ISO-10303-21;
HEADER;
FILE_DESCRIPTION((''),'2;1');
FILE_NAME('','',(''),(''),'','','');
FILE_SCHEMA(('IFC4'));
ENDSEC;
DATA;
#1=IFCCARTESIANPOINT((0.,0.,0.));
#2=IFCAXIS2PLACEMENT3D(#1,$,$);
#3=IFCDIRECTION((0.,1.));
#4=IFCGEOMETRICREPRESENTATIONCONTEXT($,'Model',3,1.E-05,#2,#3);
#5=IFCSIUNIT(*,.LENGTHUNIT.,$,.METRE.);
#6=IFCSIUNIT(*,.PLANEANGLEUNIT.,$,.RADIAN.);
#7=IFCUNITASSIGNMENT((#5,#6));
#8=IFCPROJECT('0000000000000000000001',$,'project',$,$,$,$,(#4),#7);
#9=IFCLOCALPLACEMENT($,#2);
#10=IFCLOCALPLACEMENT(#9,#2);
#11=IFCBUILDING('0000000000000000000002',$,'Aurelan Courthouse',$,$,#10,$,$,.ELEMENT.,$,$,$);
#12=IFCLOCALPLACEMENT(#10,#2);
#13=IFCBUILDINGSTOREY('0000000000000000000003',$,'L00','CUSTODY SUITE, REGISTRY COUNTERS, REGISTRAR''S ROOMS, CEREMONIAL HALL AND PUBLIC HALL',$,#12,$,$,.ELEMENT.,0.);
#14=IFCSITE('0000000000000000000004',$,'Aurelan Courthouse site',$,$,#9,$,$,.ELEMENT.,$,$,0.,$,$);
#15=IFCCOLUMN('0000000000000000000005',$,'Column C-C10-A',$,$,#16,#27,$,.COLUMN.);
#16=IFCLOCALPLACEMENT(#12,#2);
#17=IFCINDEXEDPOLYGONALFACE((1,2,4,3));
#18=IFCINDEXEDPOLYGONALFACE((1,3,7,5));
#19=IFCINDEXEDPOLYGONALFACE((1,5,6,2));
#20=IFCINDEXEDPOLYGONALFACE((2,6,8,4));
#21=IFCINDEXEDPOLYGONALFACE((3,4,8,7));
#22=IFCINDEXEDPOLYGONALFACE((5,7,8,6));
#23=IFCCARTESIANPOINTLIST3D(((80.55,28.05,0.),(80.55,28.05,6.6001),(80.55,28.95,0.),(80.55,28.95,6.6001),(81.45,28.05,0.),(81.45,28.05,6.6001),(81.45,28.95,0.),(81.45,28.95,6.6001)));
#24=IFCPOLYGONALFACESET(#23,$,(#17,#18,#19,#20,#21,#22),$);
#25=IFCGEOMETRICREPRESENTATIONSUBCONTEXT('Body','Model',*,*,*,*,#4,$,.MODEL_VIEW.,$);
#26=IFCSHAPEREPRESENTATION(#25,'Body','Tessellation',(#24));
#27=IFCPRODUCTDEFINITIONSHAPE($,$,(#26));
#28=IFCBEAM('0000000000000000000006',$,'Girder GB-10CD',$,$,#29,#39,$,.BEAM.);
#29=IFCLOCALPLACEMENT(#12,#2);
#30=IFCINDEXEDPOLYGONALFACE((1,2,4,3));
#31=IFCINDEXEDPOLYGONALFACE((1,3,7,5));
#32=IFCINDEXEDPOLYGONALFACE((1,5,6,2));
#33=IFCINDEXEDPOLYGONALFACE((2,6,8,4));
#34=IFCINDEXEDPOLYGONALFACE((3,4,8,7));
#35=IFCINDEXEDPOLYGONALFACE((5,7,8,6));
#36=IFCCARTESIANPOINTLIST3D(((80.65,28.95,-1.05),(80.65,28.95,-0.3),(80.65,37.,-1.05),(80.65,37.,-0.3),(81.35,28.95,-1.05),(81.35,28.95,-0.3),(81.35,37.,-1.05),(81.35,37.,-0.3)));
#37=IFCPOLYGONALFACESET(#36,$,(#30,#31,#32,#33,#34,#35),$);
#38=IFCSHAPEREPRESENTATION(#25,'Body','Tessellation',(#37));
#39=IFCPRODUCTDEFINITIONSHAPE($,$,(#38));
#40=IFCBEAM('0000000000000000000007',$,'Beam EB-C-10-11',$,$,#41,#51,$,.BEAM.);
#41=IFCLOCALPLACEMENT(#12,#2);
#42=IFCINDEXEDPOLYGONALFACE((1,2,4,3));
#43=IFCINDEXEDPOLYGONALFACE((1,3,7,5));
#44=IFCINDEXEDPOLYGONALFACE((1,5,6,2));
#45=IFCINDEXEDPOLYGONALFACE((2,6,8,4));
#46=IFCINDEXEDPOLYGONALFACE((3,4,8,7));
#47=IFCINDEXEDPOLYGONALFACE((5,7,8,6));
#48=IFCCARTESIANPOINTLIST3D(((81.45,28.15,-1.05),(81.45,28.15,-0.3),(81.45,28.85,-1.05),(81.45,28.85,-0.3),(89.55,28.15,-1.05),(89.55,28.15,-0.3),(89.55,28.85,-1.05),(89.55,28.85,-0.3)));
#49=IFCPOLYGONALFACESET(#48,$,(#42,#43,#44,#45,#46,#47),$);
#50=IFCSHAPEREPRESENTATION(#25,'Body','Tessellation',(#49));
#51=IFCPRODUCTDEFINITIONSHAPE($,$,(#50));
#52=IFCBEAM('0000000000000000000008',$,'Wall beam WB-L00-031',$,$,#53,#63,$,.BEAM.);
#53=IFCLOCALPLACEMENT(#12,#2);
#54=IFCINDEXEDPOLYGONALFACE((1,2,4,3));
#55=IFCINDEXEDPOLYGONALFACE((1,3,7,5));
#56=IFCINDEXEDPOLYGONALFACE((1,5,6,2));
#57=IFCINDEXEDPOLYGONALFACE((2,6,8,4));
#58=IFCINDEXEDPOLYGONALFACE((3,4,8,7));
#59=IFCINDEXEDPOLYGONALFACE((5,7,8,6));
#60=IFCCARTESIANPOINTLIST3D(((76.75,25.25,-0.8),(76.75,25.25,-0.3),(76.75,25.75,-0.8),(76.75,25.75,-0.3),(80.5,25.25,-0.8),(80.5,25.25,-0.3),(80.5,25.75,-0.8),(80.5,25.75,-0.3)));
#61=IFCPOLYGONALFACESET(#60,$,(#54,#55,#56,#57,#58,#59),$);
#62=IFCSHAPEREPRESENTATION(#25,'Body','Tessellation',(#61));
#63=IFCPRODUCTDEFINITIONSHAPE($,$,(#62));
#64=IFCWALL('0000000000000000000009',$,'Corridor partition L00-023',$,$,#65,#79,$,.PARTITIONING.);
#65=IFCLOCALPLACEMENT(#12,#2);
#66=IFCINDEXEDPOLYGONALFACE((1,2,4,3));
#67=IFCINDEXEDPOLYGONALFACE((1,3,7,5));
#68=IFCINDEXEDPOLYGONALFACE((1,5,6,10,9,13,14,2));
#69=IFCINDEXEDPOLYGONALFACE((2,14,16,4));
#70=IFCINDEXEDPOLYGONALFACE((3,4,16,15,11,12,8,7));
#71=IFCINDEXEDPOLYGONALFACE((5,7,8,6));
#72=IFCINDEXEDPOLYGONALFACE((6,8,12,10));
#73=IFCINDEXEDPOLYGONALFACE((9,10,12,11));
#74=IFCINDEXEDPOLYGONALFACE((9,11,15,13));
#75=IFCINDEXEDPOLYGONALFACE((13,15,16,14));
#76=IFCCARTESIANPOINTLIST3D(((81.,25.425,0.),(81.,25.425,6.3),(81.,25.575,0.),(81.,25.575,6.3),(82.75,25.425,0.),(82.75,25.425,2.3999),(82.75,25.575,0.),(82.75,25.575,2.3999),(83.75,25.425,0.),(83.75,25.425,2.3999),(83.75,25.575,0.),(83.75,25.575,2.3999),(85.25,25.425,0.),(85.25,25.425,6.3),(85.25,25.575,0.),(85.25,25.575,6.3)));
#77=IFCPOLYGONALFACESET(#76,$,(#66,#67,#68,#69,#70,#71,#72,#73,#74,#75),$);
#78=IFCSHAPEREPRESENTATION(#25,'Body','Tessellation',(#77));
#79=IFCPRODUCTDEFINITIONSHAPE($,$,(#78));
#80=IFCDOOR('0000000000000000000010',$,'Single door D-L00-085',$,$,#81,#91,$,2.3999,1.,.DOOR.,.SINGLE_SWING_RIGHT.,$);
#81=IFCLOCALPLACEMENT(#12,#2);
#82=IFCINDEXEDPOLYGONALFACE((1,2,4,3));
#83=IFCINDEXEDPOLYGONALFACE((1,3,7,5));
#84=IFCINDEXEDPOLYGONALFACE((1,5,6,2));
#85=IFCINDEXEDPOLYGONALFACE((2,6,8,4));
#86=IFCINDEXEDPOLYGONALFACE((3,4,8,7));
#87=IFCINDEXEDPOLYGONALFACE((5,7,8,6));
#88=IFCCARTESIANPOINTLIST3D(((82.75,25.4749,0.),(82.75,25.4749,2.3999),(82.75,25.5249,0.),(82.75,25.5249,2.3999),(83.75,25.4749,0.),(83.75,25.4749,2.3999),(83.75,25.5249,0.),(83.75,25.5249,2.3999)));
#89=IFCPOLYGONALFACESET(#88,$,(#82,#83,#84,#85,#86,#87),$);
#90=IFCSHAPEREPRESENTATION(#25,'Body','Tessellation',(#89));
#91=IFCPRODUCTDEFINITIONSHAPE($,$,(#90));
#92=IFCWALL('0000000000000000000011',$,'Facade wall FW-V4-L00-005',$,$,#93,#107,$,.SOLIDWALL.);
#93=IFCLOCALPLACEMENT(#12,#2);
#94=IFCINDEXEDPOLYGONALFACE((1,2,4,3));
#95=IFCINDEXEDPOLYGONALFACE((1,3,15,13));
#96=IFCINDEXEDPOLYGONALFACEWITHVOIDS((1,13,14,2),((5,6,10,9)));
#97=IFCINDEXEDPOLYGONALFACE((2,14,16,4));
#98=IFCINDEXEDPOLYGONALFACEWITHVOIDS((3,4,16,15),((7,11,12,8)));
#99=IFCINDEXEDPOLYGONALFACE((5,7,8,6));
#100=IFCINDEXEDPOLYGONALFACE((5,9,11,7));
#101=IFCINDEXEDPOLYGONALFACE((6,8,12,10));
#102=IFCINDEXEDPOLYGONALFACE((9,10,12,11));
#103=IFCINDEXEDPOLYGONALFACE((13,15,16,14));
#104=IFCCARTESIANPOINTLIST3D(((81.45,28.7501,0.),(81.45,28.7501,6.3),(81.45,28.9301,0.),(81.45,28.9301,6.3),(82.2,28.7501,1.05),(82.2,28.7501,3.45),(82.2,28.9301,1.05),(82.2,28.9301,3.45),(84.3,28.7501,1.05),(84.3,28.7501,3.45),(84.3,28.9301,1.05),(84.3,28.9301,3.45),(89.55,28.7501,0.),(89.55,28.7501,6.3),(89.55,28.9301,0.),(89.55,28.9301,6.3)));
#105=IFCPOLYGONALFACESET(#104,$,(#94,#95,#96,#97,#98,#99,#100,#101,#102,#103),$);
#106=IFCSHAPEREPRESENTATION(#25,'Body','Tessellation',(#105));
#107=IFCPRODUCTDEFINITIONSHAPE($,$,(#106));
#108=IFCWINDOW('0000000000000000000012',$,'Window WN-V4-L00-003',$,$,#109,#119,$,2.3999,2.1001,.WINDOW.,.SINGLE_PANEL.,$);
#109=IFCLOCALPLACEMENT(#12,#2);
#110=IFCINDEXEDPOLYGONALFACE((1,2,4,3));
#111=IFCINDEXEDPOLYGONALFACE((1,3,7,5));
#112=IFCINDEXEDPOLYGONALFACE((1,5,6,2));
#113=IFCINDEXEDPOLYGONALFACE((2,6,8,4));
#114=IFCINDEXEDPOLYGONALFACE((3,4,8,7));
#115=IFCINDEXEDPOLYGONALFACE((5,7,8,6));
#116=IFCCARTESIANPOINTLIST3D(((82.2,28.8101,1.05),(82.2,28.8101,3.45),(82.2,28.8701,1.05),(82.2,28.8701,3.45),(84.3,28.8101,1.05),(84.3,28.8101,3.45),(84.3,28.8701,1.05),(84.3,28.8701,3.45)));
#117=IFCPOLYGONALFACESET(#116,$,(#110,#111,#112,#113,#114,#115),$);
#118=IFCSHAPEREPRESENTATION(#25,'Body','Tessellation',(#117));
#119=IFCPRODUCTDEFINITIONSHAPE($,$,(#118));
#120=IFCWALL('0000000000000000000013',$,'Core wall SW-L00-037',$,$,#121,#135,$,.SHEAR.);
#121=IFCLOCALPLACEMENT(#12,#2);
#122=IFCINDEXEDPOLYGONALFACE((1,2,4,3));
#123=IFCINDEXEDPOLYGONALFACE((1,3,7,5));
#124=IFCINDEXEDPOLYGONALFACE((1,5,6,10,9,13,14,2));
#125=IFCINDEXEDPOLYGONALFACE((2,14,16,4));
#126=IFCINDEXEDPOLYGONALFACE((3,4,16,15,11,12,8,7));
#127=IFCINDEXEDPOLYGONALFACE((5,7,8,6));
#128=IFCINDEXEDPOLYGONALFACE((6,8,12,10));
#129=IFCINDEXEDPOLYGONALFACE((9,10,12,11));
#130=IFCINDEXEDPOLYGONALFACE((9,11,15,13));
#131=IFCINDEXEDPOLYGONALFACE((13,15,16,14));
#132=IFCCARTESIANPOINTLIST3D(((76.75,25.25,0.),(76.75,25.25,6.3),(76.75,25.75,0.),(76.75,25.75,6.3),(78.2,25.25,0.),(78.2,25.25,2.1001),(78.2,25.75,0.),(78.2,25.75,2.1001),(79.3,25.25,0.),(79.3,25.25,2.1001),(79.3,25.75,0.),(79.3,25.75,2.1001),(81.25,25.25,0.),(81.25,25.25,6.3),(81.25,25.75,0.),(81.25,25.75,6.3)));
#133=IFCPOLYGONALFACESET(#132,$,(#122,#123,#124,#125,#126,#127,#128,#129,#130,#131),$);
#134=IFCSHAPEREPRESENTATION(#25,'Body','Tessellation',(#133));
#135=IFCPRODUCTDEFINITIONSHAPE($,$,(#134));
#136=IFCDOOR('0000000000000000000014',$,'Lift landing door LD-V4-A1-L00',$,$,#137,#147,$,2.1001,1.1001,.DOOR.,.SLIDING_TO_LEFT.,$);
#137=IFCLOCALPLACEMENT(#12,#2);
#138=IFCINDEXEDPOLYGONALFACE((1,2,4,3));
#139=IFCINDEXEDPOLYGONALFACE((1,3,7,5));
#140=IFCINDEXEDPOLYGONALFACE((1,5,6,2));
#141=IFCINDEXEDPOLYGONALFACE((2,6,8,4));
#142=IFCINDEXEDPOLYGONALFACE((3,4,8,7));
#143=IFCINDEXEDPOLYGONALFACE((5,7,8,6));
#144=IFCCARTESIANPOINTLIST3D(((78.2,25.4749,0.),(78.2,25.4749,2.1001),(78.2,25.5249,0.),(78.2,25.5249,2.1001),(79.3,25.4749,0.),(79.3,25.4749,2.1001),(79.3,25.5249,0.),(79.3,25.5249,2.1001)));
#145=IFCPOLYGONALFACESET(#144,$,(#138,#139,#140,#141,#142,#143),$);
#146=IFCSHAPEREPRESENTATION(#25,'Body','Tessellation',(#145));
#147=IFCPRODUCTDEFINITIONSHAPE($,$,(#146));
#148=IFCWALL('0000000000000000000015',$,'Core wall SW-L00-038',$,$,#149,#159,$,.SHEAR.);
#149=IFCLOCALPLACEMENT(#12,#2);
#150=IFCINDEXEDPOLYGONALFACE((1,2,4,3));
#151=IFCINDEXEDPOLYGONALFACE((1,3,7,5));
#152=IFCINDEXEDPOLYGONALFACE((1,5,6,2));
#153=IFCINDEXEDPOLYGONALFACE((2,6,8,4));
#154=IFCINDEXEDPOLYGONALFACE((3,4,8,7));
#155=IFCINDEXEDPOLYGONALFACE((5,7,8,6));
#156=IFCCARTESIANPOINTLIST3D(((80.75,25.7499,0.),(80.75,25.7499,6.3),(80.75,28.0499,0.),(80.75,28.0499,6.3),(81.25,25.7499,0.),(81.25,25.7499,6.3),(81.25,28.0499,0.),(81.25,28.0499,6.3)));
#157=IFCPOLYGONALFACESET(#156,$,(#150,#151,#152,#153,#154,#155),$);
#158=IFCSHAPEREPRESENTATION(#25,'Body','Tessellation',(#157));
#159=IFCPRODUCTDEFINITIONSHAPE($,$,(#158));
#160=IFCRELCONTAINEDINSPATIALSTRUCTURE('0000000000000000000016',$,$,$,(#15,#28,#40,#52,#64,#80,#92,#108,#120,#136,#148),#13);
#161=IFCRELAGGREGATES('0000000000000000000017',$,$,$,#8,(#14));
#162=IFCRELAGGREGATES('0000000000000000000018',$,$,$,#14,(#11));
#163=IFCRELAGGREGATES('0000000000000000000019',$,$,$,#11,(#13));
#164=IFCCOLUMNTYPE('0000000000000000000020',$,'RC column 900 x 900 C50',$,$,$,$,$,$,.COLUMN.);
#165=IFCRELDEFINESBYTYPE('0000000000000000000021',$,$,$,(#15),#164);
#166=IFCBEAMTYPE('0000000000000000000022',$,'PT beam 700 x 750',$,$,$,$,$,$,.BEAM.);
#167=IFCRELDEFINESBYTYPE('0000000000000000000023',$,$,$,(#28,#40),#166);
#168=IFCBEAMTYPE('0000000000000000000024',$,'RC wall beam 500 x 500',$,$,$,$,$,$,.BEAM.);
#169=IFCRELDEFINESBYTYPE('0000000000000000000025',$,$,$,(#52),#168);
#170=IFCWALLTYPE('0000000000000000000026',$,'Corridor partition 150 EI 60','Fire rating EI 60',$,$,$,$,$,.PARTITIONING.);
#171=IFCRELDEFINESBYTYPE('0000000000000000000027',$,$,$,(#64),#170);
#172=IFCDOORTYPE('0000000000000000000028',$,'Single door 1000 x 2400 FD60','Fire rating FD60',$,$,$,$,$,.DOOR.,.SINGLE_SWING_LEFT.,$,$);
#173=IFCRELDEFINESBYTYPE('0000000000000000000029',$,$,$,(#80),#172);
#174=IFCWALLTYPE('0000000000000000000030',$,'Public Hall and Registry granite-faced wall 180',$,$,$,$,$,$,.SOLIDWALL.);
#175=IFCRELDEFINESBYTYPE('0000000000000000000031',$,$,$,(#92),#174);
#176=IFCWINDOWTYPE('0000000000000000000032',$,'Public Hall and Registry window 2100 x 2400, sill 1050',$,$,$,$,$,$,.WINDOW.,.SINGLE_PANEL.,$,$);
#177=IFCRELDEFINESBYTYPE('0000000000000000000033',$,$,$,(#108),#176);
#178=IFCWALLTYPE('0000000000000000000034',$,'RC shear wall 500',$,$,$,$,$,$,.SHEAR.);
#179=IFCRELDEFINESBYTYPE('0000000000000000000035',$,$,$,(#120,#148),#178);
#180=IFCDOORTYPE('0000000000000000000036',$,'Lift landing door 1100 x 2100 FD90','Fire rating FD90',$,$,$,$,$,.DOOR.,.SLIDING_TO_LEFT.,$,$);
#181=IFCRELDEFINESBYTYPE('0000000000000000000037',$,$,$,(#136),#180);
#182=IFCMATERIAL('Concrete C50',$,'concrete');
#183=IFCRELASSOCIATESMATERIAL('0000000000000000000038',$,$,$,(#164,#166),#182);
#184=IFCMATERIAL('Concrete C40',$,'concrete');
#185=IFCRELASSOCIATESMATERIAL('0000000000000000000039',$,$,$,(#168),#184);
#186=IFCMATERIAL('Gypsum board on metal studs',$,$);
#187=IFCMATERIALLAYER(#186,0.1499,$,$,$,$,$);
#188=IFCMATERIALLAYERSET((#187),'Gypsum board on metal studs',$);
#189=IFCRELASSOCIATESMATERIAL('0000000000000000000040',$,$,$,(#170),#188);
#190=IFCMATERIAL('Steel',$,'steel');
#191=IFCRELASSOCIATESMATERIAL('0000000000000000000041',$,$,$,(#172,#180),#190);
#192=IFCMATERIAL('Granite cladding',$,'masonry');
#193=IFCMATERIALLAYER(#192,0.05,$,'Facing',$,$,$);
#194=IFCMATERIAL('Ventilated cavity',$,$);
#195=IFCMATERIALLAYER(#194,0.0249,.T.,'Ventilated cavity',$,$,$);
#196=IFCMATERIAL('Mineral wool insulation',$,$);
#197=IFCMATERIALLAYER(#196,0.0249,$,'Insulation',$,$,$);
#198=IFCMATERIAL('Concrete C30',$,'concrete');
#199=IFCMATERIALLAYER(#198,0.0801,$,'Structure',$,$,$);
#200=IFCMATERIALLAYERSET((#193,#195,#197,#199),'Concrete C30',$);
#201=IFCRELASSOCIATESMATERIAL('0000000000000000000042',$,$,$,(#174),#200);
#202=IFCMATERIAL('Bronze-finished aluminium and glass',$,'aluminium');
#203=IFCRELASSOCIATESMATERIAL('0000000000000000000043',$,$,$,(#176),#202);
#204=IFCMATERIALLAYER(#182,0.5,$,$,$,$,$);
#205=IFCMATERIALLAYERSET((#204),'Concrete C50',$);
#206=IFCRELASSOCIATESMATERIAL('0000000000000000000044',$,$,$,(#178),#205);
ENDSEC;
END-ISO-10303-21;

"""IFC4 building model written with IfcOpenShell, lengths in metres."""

from ifc_helpers import new_model, si_unit, direction, frame, frame_2d, origin, origin_2d, place, context, subcontext, project, spatial, rectangle, extrude, material, layer, layer_set, material_profile, profile_set, type_object, element, fill, save


model = new_model("IFC4")

# Units and contexts
model_context = context("Model", 3, precision=1e-05, world=origin(), true_north=direction((0.0, 1.0)))
body_context = subcontext(model_context, "Body", "Model", "MODEL_VIEW")
ifc_project = project(units=[si_unit("LENGTHUNIT", "METRE"), si_unit("PLANEANGLEUNIT", "RADIAN")], contexts=[model_context])

# Site, building, storey
site_placement = place(None, origin())
site = spatial("IfcSite", under=ifc_project, at=site_placement, Name="Aurelan Courthouse site", CompositionType="ELEMENT", RefElevation=0.0)
building_placement = place(site_placement, origin())
building = spatial("IfcBuilding", under=site, at=building_placement, Name="Aurelan Courthouse", CompositionType="ELEMENT")
storey_placement = place(building_placement, origin())
storey = spatial("IfcBuildingStorey", under=building, at=storey_placement, Name="L00", Description="CUSTODY SUITE, REGISTRY COUNTERS, REGISTRAR'S ROOMS, CEREMONIAL HALL AND PUBLIC HALL", CompositionType="ELEMENT", Elevation=0.0)

# Column
ifc_material_1 = material(Name="Concrete C50", Category="concrete")
ifc_material_profile_1 = material_profile(ifc_material_1, rectangle(XDim=0.8999, YDim=0.8999, at=origin_2d()), Name="RC 900 x 900")
ifc_profile_set_1 = profile_set([ifc_material_profile_1], Name="Concrete C50")
column_type = type_object("IfcColumnType", Name="RC column 900 x 900 C50", PredefinedType="COLUMN", material=ifc_profile_set_1)
column_placement = place(storey_placement, frame((81.0, 28.5, 0.0), z_axis=(0.0, 0.0, 1.0), x_axis=(1.0, 0.0, 0.0)))
element("IfcColumn", 1, at=column_placement, inside=storey, type_object=column_type, Name="Column C-C10-A", PredefinedType="COLUMN", context=body_context, shape_type="SweptSolid", body=[
    extrude(rectangle(XDim=0.8999, YDim=0.8999, at=origin_2d()), origin(), (0.0, 0.0, 1.0), 6.6001),
])

# Beams
ifc_material_profile_2 = material_profile(ifc_material_1, rectangle(XDim=0.7, YDim=0.75, at=origin_2d()), Name="RC 700 x 750")
ifc_profile_set_2 = profile_set([ifc_material_profile_2], Name="Concrete C50")
beam_type_1 = type_object("IfcBeamType", Name="PT beam 700 x 750", PredefinedType="BEAM", material=ifc_profile_set_2)
beam_1_placement = place(storey_placement, frame((81.0, 28.95, -0.675), z_axis=(0.0, 1.0, 0.0), x_axis=(-1.0, 0.0, 0.0)))
element("IfcBeam", 2, at=beam_1_placement, inside=storey, type_object=beam_type_1, Name="Girder GB-10CD", PredefinedType="BEAM", context=body_context, shape_type="SweptSolid", body=[
    extrude(rectangle(XDim=0.7, YDim=0.75, at=origin_2d()), origin(), (0.0, 0.0, 1.0), 8.05),
])
beam_2_placement = place(storey_placement, frame((81.45, 28.5, -0.675), z_axis=(1.0, 0.0, 0.0), x_axis=(0.0, 1.0, 0.0)))
element("IfcBeam", 3, at=beam_2_placement, inside=storey, type_object=beam_type_1, Name="Beam EB-C-10-11", PredefinedType="BEAM", context=body_context, shape_type="SweptSolid", body=[
    extrude(rectangle(XDim=0.7, YDim=0.75, at=origin_2d()), origin(), (0.0, 0.0, 1.0), 8.1001),
])
ifc_material_2 = material(Name="Concrete C40", Category="concrete")
ifc_material_profile_3 = material_profile(ifc_material_2, rectangle(XDim=0.5, YDim=0.5, at=origin_2d()), Name="RC 500 x 500")
ifc_profile_set_3 = profile_set([ifc_material_profile_3], Name="Concrete C40")
beam_type_2 = type_object("IfcBeamType", Name="RC wall beam 500 x 500", PredefinedType="BEAM", material=ifc_profile_set_3)
beam_3_placement = place(storey_placement, frame((76.75, 25.5, -0.55), z_axis=(1.0, 0.0, 0.0), x_axis=(0.0, 1.0, 0.0)))
element("IfcBeam", 4, at=beam_3_placement, inside=storey, type_object=beam_type_2, Name="Wall beam WB-L00-031", PredefinedType="BEAM", context=body_context, shape_type="SweptSolid", body=[
    extrude(rectangle(XDim=0.5, YDim=0.5, at=origin_2d()), origin(), (0.0, 0.0, 1.0), 3.75),
])

# Wall, opening, door
ifc_material_3 = material(Name="Gypsum board on metal studs")
ifc_layer_1 = layer(ifc_material_3, 0.1499)
ifc_layer_set_1 = layer_set([ifc_layer_1], Name="Gypsum board on metal studs")
wall_type_1 = type_object("IfcWallType", Name="Corridor partition 150 EI 60", Description="Fire rating EI 60", PredefinedType="PARTITIONING", material=ifc_layer_set_1)
wall_1_placement = place(storey_placement, frame((81.0, 25.5, 0.0), z_axis=(0.0, 0.0, 1.0), x_axis=(1.0, 0.0, 0.0)))
wall_1 = element("IfcWall", 5, at=wall_1_placement, inside=storey, type_object=wall_type_1, Name="Corridor partition L00-023", PredefinedType="PARTITIONING", context=body_context, shape_type="SweptSolid", body=[
    extrude(rectangle(XDim=4.25, YDim=0.1499, at=frame_2d((2.125, 0.0))), origin(), (0.0, 0.0, 1.0), 6.3),
])
opening_1_placement = place(wall_1_placement, frame((1.75, 0.0, 0.0)))
opening_1 = element("IfcOpeningElement", 6, at=opening_1_placement, cuts=wall_1, PredefinedType="OPENING", context=body_context, shape_type="SweptSolid", body=[
    extrude(rectangle(XDim=1.0, YDim=2.3999, at=frame_2d((0.5, 1.2))), frame((0.0, 0.085, 0.0), z_axis=(0.0, -1.0, 0.0), x_axis=(1.0, 0.0, 0.0)), (0.0, 0.0, 1.0), 0.1699),
])
ifc_material_4 = material(Name="Steel", Category="steel")
door_type_1 = type_object("IfcDoorType", Name="Single door 1000 x 2400 FD60", Description="Fire rating FD60", OperationType="SINGLE_SWING_LEFT", PredefinedType="DOOR", material=ifc_material_4)
door_1_placement = place(opening_1_placement, origin())
door_1 = element("IfcDoor", 7, at=door_1_placement, inside=storey, type_object=door_type_1, Name="Single door D-L00-085", OperationType="SINGLE_SWING_RIGHT", OverallHeight=2.3999, OverallWidth=1.0, PredefinedType="DOOR", context=body_context, shape_type="SweptSolid", body=[
    extrude(rectangle(XDim=1.0, YDim=2.3999, at=frame_2d((0.5, 1.2))), frame((0.0, 0.0249, 0.0), z_axis=(0.0, -1.0, 0.0), x_axis=(1.0, 0.0, 0.0)), (0.0, 0.0, 1.0), 0.05),
])
fill(opening_1, door_1)

# Wall, opening, window
ifc_material_5 = material(Name="Granite cladding", Category="masonry")
ifc_layer_2 = layer(ifc_material_5, 0.05, Name="Facing")
ifc_material_6 = material(Name="Ventilated cavity")
ifc_layer_3 = layer(ifc_material_6, 0.0249, ventilated=True, Name="Ventilated cavity")
ifc_material_7 = material(Name="Mineral wool insulation")
ifc_layer_4 = layer(ifc_material_7, 0.0249, Name="Insulation")
ifc_material_8 = material(Name="Concrete C30", Category="concrete")
ifc_layer_5 = layer(ifc_material_8, 0.0801, Name="Structure")
ifc_layer_set_2 = layer_set([ifc_layer_2, ifc_layer_3, ifc_layer_4, ifc_layer_5], Name="Concrete C30")
wall_type_2 = type_object("IfcWallType", Name="Public Hall and Registry granite-faced wall 180", PredefinedType="SOLIDWALL", material=ifc_layer_set_2)
wall_2_placement = place(storey_placement, frame((81.45, 28.8401, 0.0), z_axis=(0.0, 0.0, 1.0), x_axis=(1.0, 0.0, 0.0)))
wall_2 = element("IfcWall", 8, at=wall_2_placement, inside=storey, type_object=wall_type_2, Name="Facade wall FW-V4-L00-005", PredefinedType="SOLIDWALL", context=body_context, shape_type="SweptSolid", body=[
    extrude(rectangle(XDim=8.1001, YDim=0.1799, at=frame_2d((4.05, 0.0))), origin(), (0.0, 0.0, 1.0), 6.3),
])
opening_2_placement = place(wall_2_placement, frame((0.75, 0.0, 1.05)))
opening_2 = element("IfcOpeningElement", 9, at=opening_2_placement, cuts=wall_2, PredefinedType="OPENING", context=body_context, shape_type="SweptSolid", body=[
    extrude(rectangle(XDim=2.1001, YDim=2.3999, at=frame_2d((1.05, 1.2))), frame((0.0, 0.0999, 0.0), z_axis=(0.0, -1.0, 0.0), x_axis=(1.0, 0.0, 0.0)), (0.0, 0.0, 1.0), 0.2),
])
ifc_material_9 = material(Name="Bronze-finished aluminium and glass", Category="aluminium")
window_type = type_object("IfcWindowType", Name="Public Hall and Registry window 2100 x 2400, sill 1050", PartitioningType="SINGLE_PANEL", PredefinedType="WINDOW", material=ifc_material_9)
window_placement = place(opening_2_placement, origin())
window = element("IfcWindow", 10, at=window_placement, inside=storey, type_object=window_type, Name="Window WN-V4-L00-003", OverallHeight=2.3999, OverallWidth=2.1001, PartitioningType="SINGLE_PANEL", PredefinedType="WINDOW", context=body_context, shape_type="SweptSolid", body=[
    extrude(rectangle(XDim=2.1001, YDim=2.3999, at=frame_2d((1.05, 1.2))), frame((0.0, 0.03, 0.0), z_axis=(0.0, -1.0, 0.0), x_axis=(1.0, 0.0, 0.0)), (0.0, 0.0, 1.0), 0.0601),
])
fill(opening_2, window)

# Wall, opening, door
ifc_layer_6 = layer(ifc_material_1, 0.5)
ifc_layer_set_3 = layer_set([ifc_layer_6], Name="Concrete C50")
wall_type_3 = type_object("IfcWallType", Name="RC shear wall 500", PredefinedType="SHEAR", material=ifc_layer_set_3)
wall_3_placement = place(storey_placement, frame((76.75, 25.5, 0.0), z_axis=(0.0, 0.0, 1.0), x_axis=(1.0, 0.0, 0.0)))
wall_3 = element("IfcWall", 11, at=wall_3_placement, inside=storey, type_object=wall_type_3, Name="Core wall SW-L00-037", PredefinedType="SHEAR", context=body_context, shape_type="SweptSolid", body=[
    extrude(rectangle(XDim=4.5, YDim=0.5, at=frame_2d((2.25, 0.0))), origin(), (0.0, 0.0, 1.0), 6.3),
])
opening_3_placement = place(wall_3_placement, frame((1.45, 0.0, 0.0)))
opening_3 = element("IfcOpeningElement", 12, at=opening_3_placement, cuts=wall_3, PredefinedType="OPENING", context=body_context, shape_type="SweptSolid", body=[
    extrude(rectangle(XDim=1.1001, YDim=2.1001, at=frame_2d((0.55, 1.05))), frame((0.0, 0.26, 0.0), z_axis=(0.0, -1.0, 0.0), x_axis=(1.0, 0.0, 0.0)), (0.0, 0.0, 1.0), 0.52),
])
door_type_2 = type_object("IfcDoorType", Name="Lift landing door 1100 x 2100 FD90", Description="Fire rating FD90", OperationType="SLIDING_TO_LEFT", PredefinedType="DOOR", material=ifc_material_4)
door_2_placement = place(opening_3_placement, origin())
door_2 = element("IfcDoor", 13, at=door_2_placement, inside=storey, type_object=door_type_2, Name="Lift landing door LD-V4-A1-L00", OperationType="SLIDING_TO_LEFT", OverallHeight=2.1001, OverallWidth=1.1001, PredefinedType="DOOR", context=body_context, shape_type="SweptSolid", body=[
    extrude(rectangle(XDim=1.1001, YDim=2.1001, at=frame_2d((0.55, 1.05))), frame((0.0, 0.0249, 0.0), z_axis=(0.0, -1.0, 0.0), x_axis=(1.0, 0.0, 0.0)), (0.0, 0.0, 1.0), 0.05),
])
fill(opening_3, door_2)

# Wall
wall_4_placement = place(storey_placement, frame((81.0, 25.75, 0.0), z_axis=(0.0, 0.0, 1.0), x_axis=(0.0, 1.0, 0.0)))
element("IfcWall", 14, at=wall_4_placement, inside=storey, type_object=wall_type_3, Name="Core wall SW-L00-038", PredefinedType="SHEAR", context=body_context, shape_type="SweptSolid", body=[
    extrude(rectangle(XDim=2.3, YDim=0.5, at=frame_2d((1.1499, 0.0))), origin(), (0.0, 0.0, 1.0), 6.3),
])

save(model, "model.ifc")
